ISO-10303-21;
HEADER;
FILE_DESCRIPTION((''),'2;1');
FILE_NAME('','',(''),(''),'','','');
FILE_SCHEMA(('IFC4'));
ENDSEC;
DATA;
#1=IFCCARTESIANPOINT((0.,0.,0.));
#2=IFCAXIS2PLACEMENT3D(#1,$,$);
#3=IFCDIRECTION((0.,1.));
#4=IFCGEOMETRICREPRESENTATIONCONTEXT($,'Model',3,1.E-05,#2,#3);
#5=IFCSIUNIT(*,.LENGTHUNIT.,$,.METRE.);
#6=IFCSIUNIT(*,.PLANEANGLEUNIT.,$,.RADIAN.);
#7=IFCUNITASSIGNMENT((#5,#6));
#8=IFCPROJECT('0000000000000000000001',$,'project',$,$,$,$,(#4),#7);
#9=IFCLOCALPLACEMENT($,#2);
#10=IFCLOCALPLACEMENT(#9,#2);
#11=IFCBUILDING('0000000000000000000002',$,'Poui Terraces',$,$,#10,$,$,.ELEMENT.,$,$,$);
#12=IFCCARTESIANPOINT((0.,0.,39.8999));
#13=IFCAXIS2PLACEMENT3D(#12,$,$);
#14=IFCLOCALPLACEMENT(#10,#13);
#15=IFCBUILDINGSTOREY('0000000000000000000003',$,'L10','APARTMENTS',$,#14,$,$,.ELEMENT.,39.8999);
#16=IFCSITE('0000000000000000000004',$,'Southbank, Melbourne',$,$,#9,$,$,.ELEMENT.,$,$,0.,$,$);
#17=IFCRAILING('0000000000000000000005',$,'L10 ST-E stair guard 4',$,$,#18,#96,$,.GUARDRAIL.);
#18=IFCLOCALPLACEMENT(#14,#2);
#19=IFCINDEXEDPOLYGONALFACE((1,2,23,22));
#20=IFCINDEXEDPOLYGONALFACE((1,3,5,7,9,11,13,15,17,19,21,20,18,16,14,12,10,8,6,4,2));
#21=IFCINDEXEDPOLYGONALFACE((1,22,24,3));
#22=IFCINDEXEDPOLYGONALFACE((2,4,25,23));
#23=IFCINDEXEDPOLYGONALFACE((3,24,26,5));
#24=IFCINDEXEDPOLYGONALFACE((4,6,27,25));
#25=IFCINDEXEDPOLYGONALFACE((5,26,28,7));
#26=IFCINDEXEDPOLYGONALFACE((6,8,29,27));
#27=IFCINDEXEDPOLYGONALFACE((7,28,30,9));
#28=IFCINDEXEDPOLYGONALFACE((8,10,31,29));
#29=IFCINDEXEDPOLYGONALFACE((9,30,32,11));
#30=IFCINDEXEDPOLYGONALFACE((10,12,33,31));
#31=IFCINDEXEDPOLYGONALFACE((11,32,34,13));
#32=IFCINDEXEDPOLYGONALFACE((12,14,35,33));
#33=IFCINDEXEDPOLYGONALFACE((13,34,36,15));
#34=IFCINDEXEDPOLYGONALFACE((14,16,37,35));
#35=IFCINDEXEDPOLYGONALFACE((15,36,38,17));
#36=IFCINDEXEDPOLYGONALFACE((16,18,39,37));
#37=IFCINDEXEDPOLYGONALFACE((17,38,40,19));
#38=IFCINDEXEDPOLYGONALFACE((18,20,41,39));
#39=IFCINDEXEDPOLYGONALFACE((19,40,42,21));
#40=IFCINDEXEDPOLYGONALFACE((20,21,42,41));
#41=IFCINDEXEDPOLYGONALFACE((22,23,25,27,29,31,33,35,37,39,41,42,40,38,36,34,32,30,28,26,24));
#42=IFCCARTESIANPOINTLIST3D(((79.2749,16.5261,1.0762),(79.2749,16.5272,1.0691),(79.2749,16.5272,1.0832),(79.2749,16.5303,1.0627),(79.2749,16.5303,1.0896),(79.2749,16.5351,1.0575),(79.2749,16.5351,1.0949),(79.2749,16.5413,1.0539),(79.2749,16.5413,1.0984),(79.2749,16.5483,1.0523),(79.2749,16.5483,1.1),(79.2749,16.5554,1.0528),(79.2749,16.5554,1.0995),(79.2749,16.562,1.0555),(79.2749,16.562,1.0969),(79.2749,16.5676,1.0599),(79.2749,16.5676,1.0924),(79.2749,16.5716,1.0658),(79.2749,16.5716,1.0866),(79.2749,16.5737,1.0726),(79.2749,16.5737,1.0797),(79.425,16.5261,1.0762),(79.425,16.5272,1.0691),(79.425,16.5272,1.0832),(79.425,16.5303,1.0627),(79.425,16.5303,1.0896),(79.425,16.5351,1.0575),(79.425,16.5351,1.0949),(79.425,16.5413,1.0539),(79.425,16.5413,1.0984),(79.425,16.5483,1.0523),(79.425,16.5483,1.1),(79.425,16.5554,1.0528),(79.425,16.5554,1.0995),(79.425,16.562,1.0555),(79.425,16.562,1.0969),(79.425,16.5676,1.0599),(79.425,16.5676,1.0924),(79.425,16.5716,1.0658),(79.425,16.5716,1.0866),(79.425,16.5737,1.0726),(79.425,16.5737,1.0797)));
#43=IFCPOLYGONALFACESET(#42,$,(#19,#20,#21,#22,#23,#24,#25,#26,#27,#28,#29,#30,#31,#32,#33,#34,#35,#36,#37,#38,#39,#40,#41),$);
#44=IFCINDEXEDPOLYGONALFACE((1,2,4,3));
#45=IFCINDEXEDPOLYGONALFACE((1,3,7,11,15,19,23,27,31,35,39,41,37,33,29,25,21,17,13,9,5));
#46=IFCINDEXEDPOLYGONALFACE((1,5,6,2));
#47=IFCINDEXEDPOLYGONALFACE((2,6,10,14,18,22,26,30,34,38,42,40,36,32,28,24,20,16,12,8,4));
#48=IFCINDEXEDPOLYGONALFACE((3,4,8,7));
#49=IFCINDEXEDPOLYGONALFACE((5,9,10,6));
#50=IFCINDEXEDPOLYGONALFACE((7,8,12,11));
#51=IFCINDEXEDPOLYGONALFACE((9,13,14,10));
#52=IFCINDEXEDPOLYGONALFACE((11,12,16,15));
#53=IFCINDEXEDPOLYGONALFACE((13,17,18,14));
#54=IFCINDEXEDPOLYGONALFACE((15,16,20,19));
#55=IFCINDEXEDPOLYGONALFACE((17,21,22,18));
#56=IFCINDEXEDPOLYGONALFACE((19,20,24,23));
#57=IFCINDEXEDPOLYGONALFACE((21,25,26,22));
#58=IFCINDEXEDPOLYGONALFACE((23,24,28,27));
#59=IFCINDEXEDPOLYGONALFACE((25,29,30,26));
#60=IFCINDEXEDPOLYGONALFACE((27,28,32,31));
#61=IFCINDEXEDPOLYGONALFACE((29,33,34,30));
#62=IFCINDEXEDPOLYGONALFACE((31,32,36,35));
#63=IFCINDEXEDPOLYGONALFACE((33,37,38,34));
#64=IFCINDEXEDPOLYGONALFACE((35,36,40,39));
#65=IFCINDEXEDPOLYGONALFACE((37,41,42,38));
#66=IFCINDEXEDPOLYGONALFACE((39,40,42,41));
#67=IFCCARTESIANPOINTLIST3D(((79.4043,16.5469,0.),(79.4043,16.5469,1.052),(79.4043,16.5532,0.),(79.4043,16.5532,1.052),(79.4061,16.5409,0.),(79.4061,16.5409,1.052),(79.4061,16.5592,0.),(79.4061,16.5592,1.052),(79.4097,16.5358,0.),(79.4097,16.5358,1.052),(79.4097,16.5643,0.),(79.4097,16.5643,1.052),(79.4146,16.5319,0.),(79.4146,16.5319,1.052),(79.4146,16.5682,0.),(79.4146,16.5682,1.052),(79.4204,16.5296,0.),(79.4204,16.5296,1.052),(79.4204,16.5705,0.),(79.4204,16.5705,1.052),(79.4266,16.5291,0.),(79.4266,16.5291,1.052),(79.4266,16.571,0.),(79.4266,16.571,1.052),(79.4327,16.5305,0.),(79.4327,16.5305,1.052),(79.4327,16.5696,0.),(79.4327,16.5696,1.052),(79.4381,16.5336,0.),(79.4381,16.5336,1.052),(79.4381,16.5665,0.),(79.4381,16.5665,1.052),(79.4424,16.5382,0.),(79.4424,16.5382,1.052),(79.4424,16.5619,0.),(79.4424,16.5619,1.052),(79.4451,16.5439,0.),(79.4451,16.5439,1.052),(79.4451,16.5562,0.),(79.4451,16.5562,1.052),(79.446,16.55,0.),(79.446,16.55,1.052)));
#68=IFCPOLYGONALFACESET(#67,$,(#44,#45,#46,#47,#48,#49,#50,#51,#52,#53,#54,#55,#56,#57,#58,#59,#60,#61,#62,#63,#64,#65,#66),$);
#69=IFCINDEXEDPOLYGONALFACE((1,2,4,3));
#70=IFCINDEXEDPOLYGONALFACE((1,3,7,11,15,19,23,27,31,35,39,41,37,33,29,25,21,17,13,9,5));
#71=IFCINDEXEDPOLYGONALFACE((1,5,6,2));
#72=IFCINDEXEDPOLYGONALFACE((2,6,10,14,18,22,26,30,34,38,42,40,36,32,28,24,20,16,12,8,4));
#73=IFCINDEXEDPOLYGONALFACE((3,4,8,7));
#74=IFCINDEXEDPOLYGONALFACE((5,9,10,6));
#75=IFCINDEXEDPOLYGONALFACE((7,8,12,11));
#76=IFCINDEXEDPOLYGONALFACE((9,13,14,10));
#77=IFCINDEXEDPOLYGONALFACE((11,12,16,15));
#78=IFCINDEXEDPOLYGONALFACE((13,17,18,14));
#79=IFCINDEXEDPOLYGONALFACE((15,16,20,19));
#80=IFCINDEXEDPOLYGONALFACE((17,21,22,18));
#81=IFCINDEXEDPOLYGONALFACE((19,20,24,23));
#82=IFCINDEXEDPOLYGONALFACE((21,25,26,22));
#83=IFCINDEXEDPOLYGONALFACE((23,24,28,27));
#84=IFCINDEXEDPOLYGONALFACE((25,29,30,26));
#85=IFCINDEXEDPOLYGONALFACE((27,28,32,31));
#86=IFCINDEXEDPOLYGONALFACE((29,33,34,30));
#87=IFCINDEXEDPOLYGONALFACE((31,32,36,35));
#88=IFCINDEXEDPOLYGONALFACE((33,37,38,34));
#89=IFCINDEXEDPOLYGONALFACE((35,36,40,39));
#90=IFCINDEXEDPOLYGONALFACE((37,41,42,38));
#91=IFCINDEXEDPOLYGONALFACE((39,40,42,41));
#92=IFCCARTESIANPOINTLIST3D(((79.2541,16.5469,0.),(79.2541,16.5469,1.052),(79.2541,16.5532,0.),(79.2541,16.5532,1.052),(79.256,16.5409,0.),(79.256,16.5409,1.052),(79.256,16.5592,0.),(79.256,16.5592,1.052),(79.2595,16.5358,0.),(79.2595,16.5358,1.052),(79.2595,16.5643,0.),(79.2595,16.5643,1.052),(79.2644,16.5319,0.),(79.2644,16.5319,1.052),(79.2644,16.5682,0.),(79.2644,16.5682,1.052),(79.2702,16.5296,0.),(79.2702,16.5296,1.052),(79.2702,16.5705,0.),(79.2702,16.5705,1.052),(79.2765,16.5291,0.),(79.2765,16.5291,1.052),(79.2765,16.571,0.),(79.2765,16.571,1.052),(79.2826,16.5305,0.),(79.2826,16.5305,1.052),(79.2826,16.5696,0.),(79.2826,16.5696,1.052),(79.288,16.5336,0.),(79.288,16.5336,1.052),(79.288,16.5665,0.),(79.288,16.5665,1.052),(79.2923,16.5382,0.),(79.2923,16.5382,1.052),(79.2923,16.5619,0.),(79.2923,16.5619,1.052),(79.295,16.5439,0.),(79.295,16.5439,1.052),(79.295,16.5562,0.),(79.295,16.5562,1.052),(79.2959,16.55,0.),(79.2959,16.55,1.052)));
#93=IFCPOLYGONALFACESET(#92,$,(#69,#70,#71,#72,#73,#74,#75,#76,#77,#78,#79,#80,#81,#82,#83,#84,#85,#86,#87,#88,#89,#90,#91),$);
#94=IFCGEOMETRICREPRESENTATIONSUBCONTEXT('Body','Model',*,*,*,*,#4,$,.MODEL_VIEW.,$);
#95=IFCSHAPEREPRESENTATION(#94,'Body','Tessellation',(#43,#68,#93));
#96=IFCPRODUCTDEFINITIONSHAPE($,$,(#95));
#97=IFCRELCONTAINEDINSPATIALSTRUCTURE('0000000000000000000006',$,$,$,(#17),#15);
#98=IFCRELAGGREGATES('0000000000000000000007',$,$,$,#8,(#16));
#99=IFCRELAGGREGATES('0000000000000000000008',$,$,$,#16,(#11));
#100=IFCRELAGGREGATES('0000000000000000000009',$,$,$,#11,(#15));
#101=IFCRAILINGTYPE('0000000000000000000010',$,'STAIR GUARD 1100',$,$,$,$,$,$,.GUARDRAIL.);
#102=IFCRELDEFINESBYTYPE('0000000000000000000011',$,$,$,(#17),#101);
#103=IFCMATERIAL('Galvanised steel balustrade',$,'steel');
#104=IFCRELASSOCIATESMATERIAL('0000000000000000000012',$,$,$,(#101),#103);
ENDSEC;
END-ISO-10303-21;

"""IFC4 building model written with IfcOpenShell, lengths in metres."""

from ifc_helpers import new_model, si_unit, direction, frame, origin, origin_2d, place, context, subcontext, project, spatial, circle, extrude, material, type_object, element, save


model = new_model("IFC4")

# Units and contexts
model_context = context("Model", 3, precision=1e-05, world=origin(), true_north=direction((0.0, 1.0)))
body_context = subcontext(model_context, "Body", "Model", "MODEL_VIEW")
ifc_project = project(units=[si_unit("LENGTHUNIT", "METRE"), si_unit("PLANEANGLEUNIT", "RADIAN")], contexts=[model_context])

# Site, building, storey
site_placement = place(None, origin())
site = spatial("IfcSite", under=ifc_project, at=site_placement, Name="Southbank, Melbourne", CompositionType="ELEMENT", RefElevation=0.0)
building_placement = place(site_placement, origin())
building = spatial("IfcBuilding", under=site, at=building_placement, Name="Poui Terraces", CompositionType="ELEMENT")
storey_placement = place(building_placement, frame((0.0, 0.0, 39.8999)))
storey = spatial("IfcBuildingStorey", under=building, at=storey_placement, Name="L10", Description="APARTMENTS", CompositionType="ELEMENT", Elevation=39.8999)

# Railing
ifc_material_1 = material(Name="Galvanised steel balustrade", Category="steel")
railing_type_1 = type_object("IfcRailingType", Name="STAIR GUARD 1100", PredefinedType="GUARDRAIL", material=ifc_material_1)
railing_1_placement = place(storey_placement, frame((79.425, 16.55, 0.0)))
element("IfcRailing", 1, at=railing_1_placement, inside=storey, type_object=railing_type_1, Name="L10 ST-E stair guard 4", PredefinedType="GUARDRAIL", context=body_context, shape_type="SweptSolid", body=[
    extrude(circle(Radius=0.0239, at=origin_2d()), frame((0.0, 0.0, 1.0762), z_axis=(-1.0, 0.0, 0.0), x_axis=(0.0, -1.0, 0.0)), (0.0, 0.0, 1.0), 0.1501),
    extrude(circle(Radius=0.021, at=origin_2d()), origin(), (0.0, 0.0, 1.0), 1.052),
    extrude(circle(Radius=0.021, at=origin_2d()), frame((-0.1501, 0.0, 0.0)), (0.0, 0.0, 1.0), 1.052),
])

save(model, "model.ifc")
